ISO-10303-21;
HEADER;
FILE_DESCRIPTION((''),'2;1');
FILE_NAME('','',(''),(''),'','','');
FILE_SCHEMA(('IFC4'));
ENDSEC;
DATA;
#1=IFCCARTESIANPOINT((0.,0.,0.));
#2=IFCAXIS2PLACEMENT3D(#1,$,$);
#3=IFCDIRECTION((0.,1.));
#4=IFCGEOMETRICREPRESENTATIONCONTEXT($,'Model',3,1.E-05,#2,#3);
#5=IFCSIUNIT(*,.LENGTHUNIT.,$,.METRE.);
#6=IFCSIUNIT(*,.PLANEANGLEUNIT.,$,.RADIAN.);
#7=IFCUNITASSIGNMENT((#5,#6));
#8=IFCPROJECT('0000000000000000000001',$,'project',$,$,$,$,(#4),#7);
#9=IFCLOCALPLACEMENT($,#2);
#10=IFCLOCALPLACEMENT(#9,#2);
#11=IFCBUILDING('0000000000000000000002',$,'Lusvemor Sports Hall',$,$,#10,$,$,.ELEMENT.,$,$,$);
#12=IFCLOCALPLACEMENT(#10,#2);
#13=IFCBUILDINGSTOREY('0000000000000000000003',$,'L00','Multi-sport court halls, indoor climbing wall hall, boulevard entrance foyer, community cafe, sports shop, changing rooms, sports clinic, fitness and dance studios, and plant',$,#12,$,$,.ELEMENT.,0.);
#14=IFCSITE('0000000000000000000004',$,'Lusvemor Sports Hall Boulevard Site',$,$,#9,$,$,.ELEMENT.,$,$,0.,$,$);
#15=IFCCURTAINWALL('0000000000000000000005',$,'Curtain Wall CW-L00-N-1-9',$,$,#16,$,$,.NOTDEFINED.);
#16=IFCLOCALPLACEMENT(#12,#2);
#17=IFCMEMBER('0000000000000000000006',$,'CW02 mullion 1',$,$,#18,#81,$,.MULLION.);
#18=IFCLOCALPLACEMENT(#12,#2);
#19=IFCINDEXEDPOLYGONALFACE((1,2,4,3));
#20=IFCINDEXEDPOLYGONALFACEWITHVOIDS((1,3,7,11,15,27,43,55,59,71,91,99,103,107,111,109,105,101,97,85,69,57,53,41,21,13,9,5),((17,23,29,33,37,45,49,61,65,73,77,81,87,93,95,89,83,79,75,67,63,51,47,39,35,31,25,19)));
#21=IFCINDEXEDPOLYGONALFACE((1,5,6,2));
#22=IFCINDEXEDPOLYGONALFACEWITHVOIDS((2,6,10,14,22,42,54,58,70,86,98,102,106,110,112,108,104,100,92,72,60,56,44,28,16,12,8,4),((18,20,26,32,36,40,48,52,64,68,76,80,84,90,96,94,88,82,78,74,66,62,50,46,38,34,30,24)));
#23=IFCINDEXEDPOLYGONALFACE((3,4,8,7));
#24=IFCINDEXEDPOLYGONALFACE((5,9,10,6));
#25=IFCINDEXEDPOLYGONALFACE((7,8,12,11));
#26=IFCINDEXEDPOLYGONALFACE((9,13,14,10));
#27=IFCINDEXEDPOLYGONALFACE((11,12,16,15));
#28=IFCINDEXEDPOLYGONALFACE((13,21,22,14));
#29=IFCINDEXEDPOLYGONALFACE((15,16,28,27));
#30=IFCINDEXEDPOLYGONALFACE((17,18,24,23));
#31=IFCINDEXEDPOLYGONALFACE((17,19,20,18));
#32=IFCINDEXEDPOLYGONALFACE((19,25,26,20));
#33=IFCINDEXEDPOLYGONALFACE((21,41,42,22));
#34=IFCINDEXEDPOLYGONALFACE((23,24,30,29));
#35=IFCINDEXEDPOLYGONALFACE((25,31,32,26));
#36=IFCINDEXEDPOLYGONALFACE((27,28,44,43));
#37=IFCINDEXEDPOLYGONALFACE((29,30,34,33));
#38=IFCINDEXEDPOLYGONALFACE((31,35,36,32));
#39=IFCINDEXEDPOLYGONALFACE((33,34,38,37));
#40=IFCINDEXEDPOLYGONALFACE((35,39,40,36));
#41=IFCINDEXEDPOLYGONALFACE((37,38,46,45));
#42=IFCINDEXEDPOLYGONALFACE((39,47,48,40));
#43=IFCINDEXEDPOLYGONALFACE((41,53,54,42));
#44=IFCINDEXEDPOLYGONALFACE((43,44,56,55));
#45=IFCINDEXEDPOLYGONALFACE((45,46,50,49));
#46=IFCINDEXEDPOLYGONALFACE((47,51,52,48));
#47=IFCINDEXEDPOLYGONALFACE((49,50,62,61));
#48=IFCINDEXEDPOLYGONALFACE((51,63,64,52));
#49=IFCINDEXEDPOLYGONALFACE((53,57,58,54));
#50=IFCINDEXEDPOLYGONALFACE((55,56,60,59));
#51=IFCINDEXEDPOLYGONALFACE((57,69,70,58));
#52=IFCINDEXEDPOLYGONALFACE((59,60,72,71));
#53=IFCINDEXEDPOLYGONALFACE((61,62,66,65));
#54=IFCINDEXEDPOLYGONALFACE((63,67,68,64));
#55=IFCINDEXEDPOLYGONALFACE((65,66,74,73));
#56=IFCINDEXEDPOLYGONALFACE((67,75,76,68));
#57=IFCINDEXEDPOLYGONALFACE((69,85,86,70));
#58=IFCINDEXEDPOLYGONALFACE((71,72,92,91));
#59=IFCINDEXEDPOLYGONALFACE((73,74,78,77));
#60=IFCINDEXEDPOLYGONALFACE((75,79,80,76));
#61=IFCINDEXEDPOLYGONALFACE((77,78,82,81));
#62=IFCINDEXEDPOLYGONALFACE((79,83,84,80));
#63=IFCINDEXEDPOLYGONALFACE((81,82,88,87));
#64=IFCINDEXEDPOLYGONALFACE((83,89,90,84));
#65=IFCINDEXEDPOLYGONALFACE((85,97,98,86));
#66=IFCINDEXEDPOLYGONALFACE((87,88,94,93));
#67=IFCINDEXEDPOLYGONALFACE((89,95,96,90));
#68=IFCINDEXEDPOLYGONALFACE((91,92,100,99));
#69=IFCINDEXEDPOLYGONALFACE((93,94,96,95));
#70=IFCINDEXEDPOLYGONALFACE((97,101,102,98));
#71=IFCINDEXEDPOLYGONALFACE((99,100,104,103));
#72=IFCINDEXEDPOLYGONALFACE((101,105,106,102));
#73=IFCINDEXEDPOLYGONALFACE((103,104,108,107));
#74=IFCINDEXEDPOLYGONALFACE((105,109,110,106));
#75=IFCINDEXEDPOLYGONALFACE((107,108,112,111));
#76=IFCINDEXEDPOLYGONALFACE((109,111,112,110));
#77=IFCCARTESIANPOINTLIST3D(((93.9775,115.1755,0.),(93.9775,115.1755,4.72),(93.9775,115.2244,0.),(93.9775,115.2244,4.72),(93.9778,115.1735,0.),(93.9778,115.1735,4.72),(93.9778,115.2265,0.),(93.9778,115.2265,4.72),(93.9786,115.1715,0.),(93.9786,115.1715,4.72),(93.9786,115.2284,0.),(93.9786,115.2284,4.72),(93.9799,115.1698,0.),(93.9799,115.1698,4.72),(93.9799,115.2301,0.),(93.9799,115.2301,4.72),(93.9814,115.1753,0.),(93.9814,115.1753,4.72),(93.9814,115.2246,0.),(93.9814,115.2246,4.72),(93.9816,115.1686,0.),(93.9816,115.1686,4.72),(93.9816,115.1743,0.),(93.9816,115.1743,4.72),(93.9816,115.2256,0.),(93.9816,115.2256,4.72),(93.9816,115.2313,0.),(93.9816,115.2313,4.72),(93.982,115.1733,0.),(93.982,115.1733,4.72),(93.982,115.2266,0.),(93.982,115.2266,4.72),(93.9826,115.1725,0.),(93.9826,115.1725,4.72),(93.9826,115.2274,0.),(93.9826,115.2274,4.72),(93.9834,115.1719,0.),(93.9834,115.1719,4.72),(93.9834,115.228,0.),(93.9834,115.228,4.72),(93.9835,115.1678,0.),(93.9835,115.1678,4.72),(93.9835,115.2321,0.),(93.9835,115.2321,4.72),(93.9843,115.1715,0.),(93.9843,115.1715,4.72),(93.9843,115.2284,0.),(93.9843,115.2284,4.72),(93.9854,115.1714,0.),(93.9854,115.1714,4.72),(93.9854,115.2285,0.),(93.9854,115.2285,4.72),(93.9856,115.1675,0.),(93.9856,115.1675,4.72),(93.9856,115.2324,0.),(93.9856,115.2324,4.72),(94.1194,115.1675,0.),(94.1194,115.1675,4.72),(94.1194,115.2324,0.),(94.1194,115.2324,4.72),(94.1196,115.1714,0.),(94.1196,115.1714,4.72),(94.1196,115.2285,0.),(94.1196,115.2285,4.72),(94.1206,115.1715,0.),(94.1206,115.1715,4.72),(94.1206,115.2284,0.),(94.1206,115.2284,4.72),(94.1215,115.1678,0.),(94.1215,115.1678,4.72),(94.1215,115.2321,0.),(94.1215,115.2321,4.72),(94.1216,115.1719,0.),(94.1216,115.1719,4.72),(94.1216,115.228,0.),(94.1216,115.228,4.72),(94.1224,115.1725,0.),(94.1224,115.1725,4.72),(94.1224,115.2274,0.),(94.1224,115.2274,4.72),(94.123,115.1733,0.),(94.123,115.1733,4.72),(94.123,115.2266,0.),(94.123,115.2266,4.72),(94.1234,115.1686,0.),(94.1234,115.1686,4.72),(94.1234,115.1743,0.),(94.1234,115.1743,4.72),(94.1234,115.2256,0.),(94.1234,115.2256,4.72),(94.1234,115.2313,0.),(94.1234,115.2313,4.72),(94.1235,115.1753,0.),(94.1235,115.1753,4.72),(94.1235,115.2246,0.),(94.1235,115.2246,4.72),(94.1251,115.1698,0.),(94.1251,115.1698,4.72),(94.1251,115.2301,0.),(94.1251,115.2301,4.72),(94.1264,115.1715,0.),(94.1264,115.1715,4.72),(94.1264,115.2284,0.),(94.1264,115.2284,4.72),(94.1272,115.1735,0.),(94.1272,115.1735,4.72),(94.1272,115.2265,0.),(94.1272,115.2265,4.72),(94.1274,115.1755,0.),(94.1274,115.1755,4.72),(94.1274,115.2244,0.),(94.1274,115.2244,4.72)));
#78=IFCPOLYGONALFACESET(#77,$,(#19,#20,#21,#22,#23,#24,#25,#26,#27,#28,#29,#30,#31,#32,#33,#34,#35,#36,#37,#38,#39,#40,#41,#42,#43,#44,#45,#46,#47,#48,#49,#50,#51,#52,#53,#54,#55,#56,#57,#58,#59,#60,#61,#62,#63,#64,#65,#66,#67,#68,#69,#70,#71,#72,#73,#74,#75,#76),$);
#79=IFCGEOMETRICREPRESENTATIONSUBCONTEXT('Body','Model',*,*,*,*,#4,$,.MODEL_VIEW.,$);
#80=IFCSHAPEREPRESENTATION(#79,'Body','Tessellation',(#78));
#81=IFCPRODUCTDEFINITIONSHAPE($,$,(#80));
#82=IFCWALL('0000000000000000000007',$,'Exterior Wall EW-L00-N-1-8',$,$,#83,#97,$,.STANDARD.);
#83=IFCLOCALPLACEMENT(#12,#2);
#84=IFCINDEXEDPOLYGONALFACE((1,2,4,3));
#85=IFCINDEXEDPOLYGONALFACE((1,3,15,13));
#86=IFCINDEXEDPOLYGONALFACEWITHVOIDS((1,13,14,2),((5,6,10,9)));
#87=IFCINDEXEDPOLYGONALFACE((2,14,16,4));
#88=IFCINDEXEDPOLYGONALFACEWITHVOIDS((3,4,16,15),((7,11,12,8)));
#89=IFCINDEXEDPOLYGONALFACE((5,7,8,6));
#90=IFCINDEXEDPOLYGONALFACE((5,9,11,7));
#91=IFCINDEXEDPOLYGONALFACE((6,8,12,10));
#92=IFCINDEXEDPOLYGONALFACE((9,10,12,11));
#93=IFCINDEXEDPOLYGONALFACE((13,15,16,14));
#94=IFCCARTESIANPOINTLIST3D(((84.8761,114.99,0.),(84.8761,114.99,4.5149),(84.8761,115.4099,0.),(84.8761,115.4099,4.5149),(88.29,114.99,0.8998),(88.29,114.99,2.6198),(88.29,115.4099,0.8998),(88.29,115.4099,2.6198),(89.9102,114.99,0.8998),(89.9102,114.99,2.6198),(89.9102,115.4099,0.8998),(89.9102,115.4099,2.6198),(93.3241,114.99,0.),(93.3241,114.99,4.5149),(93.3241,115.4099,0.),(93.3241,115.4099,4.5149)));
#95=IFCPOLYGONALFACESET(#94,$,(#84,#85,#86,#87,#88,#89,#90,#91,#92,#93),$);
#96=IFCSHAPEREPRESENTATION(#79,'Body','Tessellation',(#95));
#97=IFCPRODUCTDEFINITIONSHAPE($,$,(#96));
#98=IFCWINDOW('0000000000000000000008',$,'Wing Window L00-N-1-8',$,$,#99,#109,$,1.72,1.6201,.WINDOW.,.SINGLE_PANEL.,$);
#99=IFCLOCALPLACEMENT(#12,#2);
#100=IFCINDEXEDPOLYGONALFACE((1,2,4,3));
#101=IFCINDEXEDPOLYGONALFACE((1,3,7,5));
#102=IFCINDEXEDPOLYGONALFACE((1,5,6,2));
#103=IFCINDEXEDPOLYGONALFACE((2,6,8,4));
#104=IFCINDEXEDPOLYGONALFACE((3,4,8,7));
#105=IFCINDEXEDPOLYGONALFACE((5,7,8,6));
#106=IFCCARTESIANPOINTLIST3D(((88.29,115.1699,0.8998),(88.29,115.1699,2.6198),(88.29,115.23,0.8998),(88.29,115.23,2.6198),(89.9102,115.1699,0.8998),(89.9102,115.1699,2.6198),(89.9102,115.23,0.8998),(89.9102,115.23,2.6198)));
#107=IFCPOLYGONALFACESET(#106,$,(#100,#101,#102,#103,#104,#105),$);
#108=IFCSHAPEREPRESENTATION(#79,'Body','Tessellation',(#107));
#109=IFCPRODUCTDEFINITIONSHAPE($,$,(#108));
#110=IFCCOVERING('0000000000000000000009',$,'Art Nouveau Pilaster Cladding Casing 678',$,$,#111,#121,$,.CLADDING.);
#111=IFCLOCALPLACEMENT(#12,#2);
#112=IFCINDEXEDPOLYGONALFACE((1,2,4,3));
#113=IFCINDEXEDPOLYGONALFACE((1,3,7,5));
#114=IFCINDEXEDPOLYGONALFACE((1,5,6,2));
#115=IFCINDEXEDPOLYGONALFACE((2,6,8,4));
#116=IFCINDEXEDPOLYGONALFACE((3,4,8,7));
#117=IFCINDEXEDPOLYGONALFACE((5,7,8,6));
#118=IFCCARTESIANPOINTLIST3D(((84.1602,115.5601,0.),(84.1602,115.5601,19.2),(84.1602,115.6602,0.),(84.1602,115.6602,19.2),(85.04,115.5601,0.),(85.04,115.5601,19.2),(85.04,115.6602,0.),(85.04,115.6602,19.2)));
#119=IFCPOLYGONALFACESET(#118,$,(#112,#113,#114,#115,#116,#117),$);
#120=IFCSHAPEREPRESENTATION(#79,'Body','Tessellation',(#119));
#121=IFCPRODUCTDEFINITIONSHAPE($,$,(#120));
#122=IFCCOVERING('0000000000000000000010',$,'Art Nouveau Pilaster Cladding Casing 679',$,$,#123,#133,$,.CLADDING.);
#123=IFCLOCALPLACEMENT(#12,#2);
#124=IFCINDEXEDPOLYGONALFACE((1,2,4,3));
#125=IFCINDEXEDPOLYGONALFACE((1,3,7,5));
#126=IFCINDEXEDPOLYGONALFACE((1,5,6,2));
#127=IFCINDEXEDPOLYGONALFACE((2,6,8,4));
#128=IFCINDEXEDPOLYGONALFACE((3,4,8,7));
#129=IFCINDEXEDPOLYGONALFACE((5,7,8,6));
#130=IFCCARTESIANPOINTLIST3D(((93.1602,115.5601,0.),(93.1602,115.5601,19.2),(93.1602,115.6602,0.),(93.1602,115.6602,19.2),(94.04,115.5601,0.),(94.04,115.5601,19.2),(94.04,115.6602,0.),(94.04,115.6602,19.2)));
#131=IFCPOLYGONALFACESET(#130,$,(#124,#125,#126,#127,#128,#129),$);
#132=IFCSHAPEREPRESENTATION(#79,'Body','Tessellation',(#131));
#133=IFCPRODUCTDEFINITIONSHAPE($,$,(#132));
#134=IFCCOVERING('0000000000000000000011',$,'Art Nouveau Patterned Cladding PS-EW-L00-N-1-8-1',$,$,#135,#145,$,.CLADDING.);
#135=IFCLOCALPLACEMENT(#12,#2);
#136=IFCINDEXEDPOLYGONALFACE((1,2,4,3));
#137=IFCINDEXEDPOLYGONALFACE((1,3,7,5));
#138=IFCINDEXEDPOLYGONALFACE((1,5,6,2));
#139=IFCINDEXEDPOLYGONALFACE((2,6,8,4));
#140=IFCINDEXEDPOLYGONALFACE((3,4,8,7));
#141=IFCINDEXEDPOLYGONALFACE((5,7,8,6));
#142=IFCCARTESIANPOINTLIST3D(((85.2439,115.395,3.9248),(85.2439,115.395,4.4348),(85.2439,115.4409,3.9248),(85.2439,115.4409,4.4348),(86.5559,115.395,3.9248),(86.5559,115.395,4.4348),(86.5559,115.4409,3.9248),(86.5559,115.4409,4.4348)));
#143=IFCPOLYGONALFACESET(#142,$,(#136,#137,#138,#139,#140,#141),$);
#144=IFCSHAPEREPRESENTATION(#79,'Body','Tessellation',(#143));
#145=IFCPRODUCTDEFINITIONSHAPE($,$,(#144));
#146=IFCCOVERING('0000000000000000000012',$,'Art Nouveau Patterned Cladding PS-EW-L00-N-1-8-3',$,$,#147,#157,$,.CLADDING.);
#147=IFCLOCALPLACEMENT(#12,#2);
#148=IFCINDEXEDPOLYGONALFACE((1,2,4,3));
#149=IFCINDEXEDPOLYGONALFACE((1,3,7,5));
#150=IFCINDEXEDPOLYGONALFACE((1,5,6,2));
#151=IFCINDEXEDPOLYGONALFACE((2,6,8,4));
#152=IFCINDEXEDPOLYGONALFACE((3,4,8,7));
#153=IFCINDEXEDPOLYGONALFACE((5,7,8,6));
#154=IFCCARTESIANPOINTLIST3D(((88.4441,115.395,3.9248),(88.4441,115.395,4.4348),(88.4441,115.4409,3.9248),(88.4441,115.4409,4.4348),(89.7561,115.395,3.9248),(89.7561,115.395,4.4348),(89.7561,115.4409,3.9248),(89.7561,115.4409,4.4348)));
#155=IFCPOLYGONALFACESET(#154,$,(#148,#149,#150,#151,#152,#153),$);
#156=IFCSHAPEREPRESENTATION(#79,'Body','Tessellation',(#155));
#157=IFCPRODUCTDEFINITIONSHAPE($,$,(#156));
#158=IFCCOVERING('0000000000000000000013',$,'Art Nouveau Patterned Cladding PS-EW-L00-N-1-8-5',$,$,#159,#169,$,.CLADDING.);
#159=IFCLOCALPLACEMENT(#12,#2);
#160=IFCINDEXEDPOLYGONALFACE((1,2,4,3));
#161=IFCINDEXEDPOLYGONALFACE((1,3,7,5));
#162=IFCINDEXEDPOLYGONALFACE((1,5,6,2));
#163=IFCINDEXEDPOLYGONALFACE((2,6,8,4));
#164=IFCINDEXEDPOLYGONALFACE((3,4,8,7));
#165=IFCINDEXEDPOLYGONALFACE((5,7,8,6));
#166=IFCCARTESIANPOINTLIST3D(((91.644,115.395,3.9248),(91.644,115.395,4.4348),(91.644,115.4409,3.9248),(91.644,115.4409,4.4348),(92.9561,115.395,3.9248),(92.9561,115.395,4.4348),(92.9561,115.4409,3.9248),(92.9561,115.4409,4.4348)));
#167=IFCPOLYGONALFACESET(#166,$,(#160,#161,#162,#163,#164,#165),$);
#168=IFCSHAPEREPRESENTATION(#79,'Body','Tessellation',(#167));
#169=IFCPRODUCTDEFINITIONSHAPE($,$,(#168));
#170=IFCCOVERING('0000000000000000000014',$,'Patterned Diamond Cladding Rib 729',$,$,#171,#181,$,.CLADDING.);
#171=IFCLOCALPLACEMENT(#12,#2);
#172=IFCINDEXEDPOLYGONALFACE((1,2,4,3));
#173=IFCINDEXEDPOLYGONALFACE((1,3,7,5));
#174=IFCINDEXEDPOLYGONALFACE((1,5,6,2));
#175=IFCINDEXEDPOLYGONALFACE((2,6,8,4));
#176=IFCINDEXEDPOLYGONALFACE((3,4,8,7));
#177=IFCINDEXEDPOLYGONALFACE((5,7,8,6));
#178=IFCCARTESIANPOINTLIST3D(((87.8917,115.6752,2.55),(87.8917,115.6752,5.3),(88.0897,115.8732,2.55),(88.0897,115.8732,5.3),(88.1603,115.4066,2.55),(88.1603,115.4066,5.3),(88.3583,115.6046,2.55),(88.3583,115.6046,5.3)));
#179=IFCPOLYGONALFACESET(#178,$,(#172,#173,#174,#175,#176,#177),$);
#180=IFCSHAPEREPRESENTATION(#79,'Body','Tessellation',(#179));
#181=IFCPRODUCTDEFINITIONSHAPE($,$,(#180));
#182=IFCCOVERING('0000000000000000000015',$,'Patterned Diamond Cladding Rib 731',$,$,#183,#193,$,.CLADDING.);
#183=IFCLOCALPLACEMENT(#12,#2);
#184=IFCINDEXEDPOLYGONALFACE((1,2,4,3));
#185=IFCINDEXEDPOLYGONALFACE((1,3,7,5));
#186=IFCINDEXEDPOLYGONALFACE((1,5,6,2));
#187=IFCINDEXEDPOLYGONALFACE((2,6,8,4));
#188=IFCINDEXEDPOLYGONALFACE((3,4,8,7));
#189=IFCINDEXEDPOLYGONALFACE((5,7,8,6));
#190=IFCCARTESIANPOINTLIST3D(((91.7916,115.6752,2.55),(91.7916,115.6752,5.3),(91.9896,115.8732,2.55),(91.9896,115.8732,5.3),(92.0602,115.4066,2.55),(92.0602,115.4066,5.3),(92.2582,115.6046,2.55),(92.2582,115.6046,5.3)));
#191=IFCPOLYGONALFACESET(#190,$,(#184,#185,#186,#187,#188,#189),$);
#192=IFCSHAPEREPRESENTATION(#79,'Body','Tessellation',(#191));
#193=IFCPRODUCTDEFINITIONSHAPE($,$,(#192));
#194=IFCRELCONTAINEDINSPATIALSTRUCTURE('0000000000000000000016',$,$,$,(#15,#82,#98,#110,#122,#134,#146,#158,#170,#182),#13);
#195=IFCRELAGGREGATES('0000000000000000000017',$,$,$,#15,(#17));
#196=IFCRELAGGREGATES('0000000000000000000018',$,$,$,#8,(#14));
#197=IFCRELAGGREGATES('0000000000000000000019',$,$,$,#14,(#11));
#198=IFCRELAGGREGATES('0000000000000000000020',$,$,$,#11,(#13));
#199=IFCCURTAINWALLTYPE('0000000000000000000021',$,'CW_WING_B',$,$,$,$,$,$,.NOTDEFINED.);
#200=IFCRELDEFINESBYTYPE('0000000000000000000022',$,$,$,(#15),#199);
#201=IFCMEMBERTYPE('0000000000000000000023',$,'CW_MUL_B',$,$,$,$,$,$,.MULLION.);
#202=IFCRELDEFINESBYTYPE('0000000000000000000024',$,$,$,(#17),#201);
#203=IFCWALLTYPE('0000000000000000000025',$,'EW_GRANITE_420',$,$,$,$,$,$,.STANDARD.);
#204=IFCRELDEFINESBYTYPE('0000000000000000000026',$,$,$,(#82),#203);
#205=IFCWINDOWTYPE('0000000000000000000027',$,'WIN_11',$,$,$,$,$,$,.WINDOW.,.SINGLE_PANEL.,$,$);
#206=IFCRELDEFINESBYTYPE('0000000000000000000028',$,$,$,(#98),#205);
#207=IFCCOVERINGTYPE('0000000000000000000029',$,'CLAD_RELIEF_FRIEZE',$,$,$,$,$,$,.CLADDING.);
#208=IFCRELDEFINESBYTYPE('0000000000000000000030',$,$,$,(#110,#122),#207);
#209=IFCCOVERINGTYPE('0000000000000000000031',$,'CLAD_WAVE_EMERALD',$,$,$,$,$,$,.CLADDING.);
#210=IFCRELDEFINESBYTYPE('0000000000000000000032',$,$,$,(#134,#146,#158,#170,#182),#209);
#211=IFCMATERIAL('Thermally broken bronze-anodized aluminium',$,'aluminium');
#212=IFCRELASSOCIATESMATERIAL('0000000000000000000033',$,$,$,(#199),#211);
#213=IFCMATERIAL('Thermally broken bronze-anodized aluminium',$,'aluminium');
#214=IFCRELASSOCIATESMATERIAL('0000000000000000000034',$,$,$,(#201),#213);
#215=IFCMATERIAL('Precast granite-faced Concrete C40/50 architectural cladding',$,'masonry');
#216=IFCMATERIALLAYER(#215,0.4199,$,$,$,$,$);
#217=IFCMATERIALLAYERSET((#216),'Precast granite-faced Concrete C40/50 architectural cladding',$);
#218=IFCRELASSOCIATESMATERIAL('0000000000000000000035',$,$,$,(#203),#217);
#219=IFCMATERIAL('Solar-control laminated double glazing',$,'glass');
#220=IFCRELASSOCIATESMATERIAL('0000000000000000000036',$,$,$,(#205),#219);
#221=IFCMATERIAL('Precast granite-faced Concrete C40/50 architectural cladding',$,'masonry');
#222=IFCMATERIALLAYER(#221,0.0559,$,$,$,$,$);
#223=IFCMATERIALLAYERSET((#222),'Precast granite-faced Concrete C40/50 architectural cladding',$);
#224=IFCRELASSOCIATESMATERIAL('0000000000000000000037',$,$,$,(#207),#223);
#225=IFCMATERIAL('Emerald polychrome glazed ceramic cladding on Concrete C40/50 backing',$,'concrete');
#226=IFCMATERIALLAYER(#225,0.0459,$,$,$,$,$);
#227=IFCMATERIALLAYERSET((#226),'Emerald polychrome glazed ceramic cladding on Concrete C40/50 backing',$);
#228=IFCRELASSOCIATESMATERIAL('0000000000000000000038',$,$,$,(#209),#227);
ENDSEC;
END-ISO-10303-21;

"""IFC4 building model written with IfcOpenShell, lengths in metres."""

from ifc_helpers import new_model, si_unit, direction, frame, frame_2d, origin, origin_2d, place, context, subcontext, project, spatial, rectangle, hollow_rectangle, extrude, material, layer, layer_set, material_profile, profile_set, type_object, element, fill, aggregate, save


model = new_model("IFC4")

# Units and contexts
model_context = context("Model", 3, precision=1e-05, world=origin(), true_north=direction((0.0, 1.0)))
body_context = subcontext(model_context, "Body", "Model", "MODEL_VIEW")
ifc_project = project(units=[si_unit("LENGTHUNIT", "METRE"), si_unit("PLANEANGLEUNIT", "RADIAN")], contexts=[model_context])

# Site, building, storey
site_placement = place(None, origin())
site = spatial("IfcSite", under=ifc_project, at=site_placement, Name="Lusvemor Sports Hall Boulevard Site", CompositionType="ELEMENT", RefElevation=0.0)
building_placement = place(site_placement, origin())
building = spatial("IfcBuilding", under=site, at=building_placement, Name="Lusvemor Sports Hall", CompositionType="ELEMENT")
storey_placement = place(building_placement, origin())
storey = spatial("IfcBuildingStorey", under=building, at=storey_placement, Name="L00", Description="Multi-sport court halls, indoor climbing wall hall, boulevard entrance foyer, community cafe, sports shop, changing rooms, sports clinic, fitness and dance studios, and plant", CompositionType="ELEMENT", Elevation=0.0)

# Curtain wall, member
ifc_material_1 = material(Name="Thermally broken bronze-anodized aluminium", Category="aluminium")
curtain_wall_type = type_object("IfcCurtainWallType", Name="CW_WING_B", PredefinedType="NOTDEFINED", material=ifc_material_1)
curtain_wall_placement = place(storey_placement, origin())
curtain_wall = element("IfcCurtainWall", 1, at=curtain_wall_placement, inside=storey, type_object=curtain_wall_type, Name="Curtain Wall CW-L00-N-1-9", PredefinedType="NOTDEFINED")
ifc_material_2 = material(Name="Thermally broken bronze-anodized aluminium", Category="aluminium")
ifc_material_profile_1 = material_profile(ifc_material_2, hollow_rectangle(XDim=0.0649, YDim=0.1499, WallThickness=0.0039, InnerFilletRadius=0.0039, OuterFilletRadius=0.0081, at=origin_2d()), Name="CWMUL150x65x4")
ifc_profile_set_1 = profile_set([ifc_material_profile_1], Name="Thermally broken bronze-anodized aluminium")
member_type = type_object("IfcMemberType", Name="CW_MUL_B", PredefinedType="MULLION", material=ifc_profile_set_1)
member_placement = place(storey_placement, frame((94.0525, 115.2, 0.0), z_axis=(0.0, 0.0, 1.0), x_axis=(0.0, 1.0, 0.0)))
member = element("IfcMember", 2, at=member_placement, type_object=member_type, Name="CW02 mullion 1", PredefinedType="MULLION", context=body_context, shape_type="SweptSolid", body=[
    extrude(hollow_rectangle(XDim=0.0649, YDim=0.1499, WallThickness=0.0039, InnerFilletRadius=0.0039, OuterFilletRadius=0.0081, at=origin_2d()), origin(), (0.0, 0.0, 1.0), 4.72),
])
aggregate(curtain_wall, [member])

# Wall, opening, window
ifc_material_3 = material(Name="Precast granite-faced Concrete C40/50 architectural cladding", Category="masonry")
ifc_layer_1 = layer(ifc_material_3, 0.4199)
ifc_layer_set_1 = layer_set([ifc_layer_1], Name="Precast granite-faced Concrete C40/50 architectural cladding")
wall_type = type_object("IfcWallType", Name="EW_GRANITE_420", PredefinedType="STANDARD", material=ifc_layer_set_1)
wall_placement = place(storey_placement, frame((84.876, 115.2, 0.0), z_axis=(0.0, 0.0, 1.0), x_axis=(1.0, 0.0, 0.0)))
wall = element("IfcWall", 3, at=wall_placement, inside=storey, type_object=wall_type, Name="Exterior Wall EW-L00-N-1-8", PredefinedType="STANDARD", context=body_context, shape_type="SweptSolid", body=[
    extrude(rectangle(XDim=8.448, YDim=0.4199, at=frame_2d((4.2241, 0.0))), origin(), (0.0, 0.0, 1.0), 4.5149),
])
opening_placement = place(wall_placement, frame((3.4141, 0.0, 0.8999)))
opening = element("IfcOpeningElement", 4, at=opening_placement, cuts=wall, PredefinedType="OPENING", context=body_context, shape_type="SweptSolid", body=[
    extrude(rectangle(XDim=1.6201, YDim=1.72, at=frame_2d((0.8101, 0.8599))), frame((0.0, 0.21, 0.0), z_axis=(0.0, -1.0, 0.0), x_axis=(1.0, 0.0, 0.0)), (0.0, 0.0, 1.0), 0.4199),
])
ifc_material_4 = material(Name="Solar-control laminated double glazing", Category="glass")
window_type = type_object("IfcWindowType", Name="WIN_11", PartitioningType="SINGLE_PANEL", PredefinedType="WINDOW", material=ifc_material_4)
window_placement = place(opening_placement, origin())
window = element("IfcWindow", 5, at=window_placement, inside=storey, type_object=window_type, Name="Wing Window L00-N-1-8", OverallHeight=1.72, OverallWidth=1.6201, PartitioningType="SINGLE_PANEL", PredefinedType="WINDOW", context=body_context, shape_type="SweptSolid", body=[
    extrude(rectangle(XDim=1.6201, YDim=1.72, at=frame_2d((0.8101, 0.8599))), frame((0.0, 0.03, 0.0), z_axis=(0.0, -1.0, 0.0), x_axis=(1.0, 0.0, 0.0)), (0.0, 0.0, 1.0), 0.0601),
])
fill(opening, window)

# Coverings
ifc_material_5 = material(Name="Precast granite-faced Concrete C40/50 architectural cladding", Category="masonry")
ifc_layer_2 = layer(ifc_material_5, 0.0559)
ifc_layer_set_2 = layer_set([ifc_layer_2], Name="Precast granite-faced Concrete C40/50 architectural cladding")
covering_type_1 = type_object("IfcCoveringType", Name="CLAD_RELIEF_FRIEZE", PredefinedType="CLADDING", material=ifc_layer_set_2)
for number, where, z_axis, x_axis, name in (
    (6, (84.6001, 115.6101, 0.0), (0.0, 0.0, 1.0), (1.0, 0.0, 0.0), "Art Nouveau Pilaster Cladding Casing 678"),
    (7, (93.6001, 115.6101, 0.0), (0.0, 0.0, 1.0), (1.0, 0.0, 0.0), "Art Nouveau Pilaster Cladding Casing 679"),
):
    element("IfcCovering", number, at=place(storey_placement, frame(where, z_axis=z_axis, x_axis=x_axis)), inside=storey, type_object=covering_type_1, Name=name, PredefinedType="CLADDING", context=body_context, shape_type="SweptSolid", body=[
        extrude(rectangle(XDim=0.8799, YDim=0.1001, at=origin_2d()), origin(), (0.0, 0.0, 1.0), 19.2),
    ])
ifc_material_6 = material(Name="Emerald polychrome glazed ceramic cladding on Concrete C40/50 backing", Category="concrete")
ifc_layer_3 = layer(ifc_material_6, 0.0459)
ifc_layer_set_3 = layer_set([ifc_layer_3], Name="Emerald polychrome glazed ceramic cladding on Concrete C40/50 backing")
covering_type_2 = type_object("IfcCoveringType", Name="CLAD_WAVE_EMERALD", PredefinedType="CLADDING", material=ifc_layer_set_3)
for number, where, z_axis, x_axis, name in (
    (8, (85.8999, 115.418, 3.9248), (0.0, 0.0, 1.0), (1.0, 0.0, 0.0), "Art Nouveau Patterned Cladding PS-EW-L00-N-1-8-1"),
    (9, (89.1001, 115.418, 3.9248), (0.0, 0.0, 1.0), (1.0, 0.0, 0.0), "Art Nouveau Patterned Cladding PS-EW-L00-N-1-8-3"),
    (10, (92.3, 115.418, 3.9248), (0.0, 0.0, 1.0), (1.0, 0.0, 0.0), "Art Nouveau Patterned Cladding PS-EW-L00-N-1-8-5"),
):
    element("IfcCovering", number, at=place(storey_placement, frame(where, z_axis=z_axis, x_axis=x_axis)), inside=storey, type_object=covering_type_2, Name=name, PredefinedType="CLADDING", context=body_context, shape_type="SweptSolid", body=[
        extrude(rectangle(XDim=1.312, YDim=0.0459, at=origin_2d()), origin(), (0.0, 0.0, 1.0), 0.51),
    ])
for number, where, z_axis, x_axis, name in (
    (11, (88.125, 115.6399, 2.55), (0.0, 0.0, 1.0), (0.707107, 0.707107, 0.0), "Patterned Diamond Cladding Rib 729"),
    (12, (92.0249, 115.6399, 2.55), (0.0, 0.0, 1.0), (0.707107, 0.707107, 0.0), "Patterned Diamond Cladding Rib 731"),
):
    element("IfcCovering", number, at=place(storey_placement, frame(where, z_axis=z_axis, x_axis=x_axis)), inside=storey, type_object=covering_type_2, Name=name, PredefinedType="CLADDING", context=body_context, shape_type="SweptSolid", body=[
        extrude(rectangle(XDim=0.28, YDim=0.3799, at=origin_2d()), origin(), (0.0, 0.0, 1.0), 2.75),
    ])

save(model, "model.ifc")
